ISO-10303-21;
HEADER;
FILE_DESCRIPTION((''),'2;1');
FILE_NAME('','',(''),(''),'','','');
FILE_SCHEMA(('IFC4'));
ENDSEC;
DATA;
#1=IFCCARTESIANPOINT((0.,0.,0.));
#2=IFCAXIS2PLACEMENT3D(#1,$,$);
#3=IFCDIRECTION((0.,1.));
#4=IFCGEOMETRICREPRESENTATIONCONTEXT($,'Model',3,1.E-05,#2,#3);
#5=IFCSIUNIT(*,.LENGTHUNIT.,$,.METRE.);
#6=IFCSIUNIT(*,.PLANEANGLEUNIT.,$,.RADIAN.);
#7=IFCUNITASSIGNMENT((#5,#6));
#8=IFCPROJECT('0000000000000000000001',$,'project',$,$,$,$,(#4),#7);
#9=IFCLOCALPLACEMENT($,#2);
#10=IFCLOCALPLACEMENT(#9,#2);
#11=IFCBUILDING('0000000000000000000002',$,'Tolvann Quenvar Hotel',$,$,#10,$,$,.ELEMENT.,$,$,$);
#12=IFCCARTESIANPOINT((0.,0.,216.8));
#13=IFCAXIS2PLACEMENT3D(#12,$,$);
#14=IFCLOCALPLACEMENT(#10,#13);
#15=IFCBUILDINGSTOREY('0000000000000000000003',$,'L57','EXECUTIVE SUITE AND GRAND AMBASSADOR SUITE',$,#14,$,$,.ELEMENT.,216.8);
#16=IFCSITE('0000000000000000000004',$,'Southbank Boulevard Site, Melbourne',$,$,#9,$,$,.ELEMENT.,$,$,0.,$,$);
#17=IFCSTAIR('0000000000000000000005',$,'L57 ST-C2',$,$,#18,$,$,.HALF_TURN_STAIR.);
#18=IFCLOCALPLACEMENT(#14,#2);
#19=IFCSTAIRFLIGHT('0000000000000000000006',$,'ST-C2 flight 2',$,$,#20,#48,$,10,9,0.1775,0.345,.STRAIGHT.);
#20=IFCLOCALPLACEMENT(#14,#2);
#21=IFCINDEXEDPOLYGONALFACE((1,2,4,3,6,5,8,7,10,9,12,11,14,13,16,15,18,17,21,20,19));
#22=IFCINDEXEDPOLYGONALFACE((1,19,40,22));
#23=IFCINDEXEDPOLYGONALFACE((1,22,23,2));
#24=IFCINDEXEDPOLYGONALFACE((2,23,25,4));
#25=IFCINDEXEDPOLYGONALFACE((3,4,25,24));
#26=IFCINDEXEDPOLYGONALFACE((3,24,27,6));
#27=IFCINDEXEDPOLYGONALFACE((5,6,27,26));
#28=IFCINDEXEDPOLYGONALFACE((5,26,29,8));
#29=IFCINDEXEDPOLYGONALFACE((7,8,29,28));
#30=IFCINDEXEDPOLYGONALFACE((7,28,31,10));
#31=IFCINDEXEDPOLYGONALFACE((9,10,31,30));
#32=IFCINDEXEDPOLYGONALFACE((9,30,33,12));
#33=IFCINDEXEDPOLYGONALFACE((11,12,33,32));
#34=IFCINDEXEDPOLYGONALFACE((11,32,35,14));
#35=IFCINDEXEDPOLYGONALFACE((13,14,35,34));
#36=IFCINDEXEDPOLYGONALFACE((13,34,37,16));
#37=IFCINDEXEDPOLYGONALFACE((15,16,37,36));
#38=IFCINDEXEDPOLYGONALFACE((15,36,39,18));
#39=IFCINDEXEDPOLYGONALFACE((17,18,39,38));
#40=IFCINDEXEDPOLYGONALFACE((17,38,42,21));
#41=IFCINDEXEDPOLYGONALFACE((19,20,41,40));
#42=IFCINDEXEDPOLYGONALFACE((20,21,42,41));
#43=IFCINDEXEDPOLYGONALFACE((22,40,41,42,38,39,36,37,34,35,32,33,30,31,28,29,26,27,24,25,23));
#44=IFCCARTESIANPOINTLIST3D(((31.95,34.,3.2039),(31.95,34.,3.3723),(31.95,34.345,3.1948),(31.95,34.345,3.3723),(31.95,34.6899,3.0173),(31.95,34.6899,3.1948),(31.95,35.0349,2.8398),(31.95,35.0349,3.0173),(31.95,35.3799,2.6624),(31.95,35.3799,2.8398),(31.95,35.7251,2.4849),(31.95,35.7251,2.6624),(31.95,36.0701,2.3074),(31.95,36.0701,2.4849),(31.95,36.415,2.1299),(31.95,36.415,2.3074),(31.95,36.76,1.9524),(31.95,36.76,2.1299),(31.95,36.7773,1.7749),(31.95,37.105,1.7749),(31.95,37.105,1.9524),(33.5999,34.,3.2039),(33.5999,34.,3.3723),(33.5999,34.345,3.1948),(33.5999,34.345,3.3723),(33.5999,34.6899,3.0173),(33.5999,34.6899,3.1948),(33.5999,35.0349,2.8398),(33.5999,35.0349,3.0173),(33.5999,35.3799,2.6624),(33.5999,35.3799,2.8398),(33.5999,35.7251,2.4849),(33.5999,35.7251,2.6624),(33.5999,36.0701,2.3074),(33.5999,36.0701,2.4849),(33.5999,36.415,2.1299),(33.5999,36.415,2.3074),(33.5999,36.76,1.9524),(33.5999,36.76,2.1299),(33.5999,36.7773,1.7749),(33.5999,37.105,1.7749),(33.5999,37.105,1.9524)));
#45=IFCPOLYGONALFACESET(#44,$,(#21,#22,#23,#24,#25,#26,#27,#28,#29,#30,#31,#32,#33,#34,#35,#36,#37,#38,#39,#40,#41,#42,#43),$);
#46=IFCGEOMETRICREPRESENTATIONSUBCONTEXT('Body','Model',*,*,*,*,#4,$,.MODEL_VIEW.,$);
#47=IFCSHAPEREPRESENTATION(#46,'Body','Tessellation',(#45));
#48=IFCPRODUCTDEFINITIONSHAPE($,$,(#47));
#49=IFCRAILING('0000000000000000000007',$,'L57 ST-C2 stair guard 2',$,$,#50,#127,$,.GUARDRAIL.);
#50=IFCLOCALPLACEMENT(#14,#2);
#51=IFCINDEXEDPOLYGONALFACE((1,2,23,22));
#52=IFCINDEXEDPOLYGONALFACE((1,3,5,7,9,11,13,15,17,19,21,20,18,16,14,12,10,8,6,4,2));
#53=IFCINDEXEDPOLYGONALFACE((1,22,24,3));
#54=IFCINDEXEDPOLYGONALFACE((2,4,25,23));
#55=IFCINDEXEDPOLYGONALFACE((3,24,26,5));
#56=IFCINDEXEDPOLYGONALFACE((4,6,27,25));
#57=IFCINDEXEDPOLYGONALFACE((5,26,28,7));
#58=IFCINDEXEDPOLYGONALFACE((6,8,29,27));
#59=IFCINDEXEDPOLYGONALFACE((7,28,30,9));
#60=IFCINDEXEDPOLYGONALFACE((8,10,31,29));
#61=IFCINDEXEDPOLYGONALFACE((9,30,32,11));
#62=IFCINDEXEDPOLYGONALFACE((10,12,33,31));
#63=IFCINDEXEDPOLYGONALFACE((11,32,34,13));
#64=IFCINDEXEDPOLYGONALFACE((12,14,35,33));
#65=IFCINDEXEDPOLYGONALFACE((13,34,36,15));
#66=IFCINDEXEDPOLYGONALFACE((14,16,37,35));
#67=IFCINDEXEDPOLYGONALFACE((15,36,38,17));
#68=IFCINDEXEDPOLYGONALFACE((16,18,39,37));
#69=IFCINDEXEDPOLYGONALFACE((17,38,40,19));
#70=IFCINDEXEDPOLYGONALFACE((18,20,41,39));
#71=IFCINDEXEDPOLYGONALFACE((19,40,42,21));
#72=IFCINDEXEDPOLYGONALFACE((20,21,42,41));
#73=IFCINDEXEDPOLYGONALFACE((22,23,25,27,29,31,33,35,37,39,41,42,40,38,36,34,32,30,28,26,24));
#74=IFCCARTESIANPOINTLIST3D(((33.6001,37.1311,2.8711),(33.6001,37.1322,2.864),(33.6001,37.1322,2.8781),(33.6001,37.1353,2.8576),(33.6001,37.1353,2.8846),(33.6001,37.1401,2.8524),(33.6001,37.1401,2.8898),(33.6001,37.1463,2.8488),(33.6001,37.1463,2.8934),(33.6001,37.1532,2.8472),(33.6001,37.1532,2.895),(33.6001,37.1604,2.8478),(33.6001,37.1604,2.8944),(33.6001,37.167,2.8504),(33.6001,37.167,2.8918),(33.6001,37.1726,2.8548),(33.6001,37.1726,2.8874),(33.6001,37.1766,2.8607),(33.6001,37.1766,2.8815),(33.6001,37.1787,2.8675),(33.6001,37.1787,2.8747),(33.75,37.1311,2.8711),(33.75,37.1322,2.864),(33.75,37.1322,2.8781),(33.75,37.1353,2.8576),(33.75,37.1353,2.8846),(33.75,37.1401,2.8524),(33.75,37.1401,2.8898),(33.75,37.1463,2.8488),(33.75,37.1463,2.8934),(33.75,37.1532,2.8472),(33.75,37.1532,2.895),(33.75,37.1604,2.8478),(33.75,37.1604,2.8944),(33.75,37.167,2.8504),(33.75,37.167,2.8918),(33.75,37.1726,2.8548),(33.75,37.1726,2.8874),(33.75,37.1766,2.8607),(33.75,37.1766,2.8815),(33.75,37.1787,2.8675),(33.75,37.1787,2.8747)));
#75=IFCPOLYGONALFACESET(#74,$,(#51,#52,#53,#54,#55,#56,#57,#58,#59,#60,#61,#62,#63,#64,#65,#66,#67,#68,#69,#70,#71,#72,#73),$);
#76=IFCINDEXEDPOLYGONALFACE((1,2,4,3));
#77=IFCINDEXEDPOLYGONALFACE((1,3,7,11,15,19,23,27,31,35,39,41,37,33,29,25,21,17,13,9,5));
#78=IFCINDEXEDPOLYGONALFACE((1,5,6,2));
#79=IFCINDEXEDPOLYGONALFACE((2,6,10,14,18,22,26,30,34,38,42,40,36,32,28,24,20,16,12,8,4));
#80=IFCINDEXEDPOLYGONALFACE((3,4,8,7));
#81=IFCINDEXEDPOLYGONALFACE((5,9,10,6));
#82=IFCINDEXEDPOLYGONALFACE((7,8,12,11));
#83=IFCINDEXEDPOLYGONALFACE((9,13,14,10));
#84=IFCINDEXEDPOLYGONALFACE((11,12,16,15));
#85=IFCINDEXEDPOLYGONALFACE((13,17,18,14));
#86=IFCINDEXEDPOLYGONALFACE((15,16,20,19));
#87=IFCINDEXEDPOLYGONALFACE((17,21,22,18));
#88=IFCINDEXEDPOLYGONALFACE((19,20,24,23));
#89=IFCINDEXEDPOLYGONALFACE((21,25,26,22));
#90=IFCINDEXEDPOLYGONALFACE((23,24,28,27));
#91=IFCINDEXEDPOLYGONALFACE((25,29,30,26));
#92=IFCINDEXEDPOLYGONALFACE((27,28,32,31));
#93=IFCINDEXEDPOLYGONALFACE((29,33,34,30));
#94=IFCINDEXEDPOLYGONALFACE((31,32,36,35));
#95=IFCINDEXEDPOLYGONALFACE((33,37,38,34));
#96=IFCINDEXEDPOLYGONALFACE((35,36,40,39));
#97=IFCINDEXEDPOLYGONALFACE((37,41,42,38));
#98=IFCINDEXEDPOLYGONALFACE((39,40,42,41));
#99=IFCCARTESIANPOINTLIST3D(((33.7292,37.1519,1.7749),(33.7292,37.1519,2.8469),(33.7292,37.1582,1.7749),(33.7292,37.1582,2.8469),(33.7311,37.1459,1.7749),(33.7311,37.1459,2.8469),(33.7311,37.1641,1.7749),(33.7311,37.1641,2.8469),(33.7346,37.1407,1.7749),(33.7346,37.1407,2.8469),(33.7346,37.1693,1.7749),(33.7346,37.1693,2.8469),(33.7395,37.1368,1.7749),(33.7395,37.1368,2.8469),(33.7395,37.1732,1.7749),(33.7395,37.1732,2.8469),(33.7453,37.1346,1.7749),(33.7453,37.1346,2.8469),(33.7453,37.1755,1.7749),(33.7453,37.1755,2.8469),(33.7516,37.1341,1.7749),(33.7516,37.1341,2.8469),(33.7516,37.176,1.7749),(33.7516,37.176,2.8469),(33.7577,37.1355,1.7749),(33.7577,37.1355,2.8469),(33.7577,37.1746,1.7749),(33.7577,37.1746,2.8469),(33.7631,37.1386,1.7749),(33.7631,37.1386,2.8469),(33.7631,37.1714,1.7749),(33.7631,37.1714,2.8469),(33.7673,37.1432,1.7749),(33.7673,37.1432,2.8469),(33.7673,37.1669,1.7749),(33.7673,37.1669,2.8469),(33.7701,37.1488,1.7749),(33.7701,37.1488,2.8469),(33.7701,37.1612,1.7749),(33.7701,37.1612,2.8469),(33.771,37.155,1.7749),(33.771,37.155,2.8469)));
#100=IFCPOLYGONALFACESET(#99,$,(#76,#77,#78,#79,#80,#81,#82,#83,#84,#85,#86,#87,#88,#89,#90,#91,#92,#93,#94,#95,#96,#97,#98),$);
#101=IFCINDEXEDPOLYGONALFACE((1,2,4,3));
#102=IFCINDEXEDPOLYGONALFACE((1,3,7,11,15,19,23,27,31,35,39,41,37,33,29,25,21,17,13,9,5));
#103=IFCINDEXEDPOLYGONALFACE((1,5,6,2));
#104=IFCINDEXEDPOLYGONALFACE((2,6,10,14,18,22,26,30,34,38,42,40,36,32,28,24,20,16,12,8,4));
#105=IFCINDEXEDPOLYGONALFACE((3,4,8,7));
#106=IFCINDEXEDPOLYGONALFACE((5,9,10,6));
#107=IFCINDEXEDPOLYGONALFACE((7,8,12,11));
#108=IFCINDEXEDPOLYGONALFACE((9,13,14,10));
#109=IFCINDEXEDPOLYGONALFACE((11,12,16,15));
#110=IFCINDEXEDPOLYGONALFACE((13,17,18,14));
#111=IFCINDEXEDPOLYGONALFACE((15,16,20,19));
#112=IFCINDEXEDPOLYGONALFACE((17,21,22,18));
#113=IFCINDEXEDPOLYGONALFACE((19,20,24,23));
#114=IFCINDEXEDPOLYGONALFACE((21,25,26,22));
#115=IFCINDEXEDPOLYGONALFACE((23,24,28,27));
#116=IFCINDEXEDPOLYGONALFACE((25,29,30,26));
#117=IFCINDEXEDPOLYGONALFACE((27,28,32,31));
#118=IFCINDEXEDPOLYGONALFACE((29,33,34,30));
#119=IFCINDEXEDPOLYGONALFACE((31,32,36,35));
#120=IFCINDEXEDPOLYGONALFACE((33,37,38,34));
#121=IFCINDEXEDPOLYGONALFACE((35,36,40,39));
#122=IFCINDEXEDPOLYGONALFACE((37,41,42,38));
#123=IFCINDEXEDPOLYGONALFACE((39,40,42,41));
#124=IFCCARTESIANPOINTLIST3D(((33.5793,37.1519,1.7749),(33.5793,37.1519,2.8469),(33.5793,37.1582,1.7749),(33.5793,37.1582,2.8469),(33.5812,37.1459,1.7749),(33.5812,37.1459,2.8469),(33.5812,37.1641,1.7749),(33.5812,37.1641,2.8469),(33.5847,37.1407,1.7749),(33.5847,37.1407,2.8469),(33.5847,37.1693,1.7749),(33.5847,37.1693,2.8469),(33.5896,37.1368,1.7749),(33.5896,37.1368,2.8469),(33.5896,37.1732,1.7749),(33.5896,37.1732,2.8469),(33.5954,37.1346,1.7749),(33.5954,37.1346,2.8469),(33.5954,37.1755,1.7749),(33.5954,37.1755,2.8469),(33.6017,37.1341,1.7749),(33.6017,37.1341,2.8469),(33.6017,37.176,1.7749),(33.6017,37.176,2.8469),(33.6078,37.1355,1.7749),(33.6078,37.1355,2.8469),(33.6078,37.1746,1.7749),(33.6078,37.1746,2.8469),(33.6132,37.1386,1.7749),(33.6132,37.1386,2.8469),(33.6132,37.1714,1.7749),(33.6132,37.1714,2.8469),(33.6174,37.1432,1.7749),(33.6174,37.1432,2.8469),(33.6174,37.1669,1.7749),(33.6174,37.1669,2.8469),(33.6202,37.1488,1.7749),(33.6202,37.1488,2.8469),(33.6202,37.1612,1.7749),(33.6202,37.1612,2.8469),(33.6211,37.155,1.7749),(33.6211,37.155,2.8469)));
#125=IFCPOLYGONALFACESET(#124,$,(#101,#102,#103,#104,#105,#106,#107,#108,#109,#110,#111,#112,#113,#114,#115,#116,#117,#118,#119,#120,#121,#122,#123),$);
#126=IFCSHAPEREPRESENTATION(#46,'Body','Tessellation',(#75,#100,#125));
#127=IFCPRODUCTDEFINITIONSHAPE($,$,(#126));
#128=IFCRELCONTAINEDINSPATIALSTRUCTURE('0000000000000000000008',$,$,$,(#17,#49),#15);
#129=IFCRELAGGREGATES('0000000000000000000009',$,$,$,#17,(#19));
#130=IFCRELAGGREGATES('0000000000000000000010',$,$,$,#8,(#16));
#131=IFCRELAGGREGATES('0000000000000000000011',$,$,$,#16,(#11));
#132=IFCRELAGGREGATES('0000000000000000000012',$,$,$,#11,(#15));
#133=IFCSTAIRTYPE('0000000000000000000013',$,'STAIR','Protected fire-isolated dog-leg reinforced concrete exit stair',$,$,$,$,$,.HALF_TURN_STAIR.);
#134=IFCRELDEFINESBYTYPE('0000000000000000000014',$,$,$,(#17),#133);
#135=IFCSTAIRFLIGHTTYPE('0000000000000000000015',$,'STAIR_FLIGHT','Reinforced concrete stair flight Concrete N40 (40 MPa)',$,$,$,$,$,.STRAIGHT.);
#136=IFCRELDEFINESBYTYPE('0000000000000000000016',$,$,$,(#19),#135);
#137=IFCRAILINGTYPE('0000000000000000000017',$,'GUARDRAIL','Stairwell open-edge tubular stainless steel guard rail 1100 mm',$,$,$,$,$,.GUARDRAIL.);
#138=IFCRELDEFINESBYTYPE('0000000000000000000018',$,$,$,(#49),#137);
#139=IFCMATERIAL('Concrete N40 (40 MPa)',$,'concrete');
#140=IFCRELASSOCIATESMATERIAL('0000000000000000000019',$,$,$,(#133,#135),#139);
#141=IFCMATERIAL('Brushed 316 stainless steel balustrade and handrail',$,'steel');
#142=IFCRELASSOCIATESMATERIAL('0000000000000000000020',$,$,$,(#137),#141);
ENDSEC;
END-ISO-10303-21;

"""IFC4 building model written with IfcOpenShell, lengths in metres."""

from ifc_helpers import new_model, si_unit, direction, frame, origin, origin_2d, place, context, subcontext, project, spatial, polyline, circle, outline, extrude, material, type_object, element, aggregate, save


model = new_model("IFC4")

# Units and contexts
model_context = context("Model", 3, precision=1e-05, world=origin(), true_north=direction((0.0, 1.0)))
body_context = subcontext(model_context, "Body", "Model", "MODEL_VIEW")
ifc_project = project(units=[si_unit("LENGTHUNIT", "METRE"), si_unit("PLANEANGLEUNIT", "RADIAN")], contexts=[model_context])

# Site, building, storey
site_placement = place(None, origin())
site = spatial("IfcSite", under=ifc_project, at=site_placement, Name="Southbank Boulevard Site, Melbourne", CompositionType="ELEMENT", RefElevation=0.0)
building_placement = place(site_placement, origin())
building = spatial("IfcBuilding", under=site, at=building_placement, Name="Tolvann Quenvar Hotel", CompositionType="ELEMENT")
storey_placement = place(building_placement, frame((0.0, 0.0, 216.8)))
storey = spatial("IfcBuildingStorey", under=building, at=storey_placement, Name="L57", Description="EXECUTIVE SUITE AND GRAND AMBASSADOR SUITE", CompositionType="ELEMENT", Elevation=216.8)

# Shared definitions
ifc_material_1 = material(Name="Concrete N40 (40 MPa)", Category="concrete")

# Stair, stair flight
stair_type = type_object("IfcStairType", Name="STAIR", Description="Protected fire-isolated dog-leg reinforced concrete exit stair", PredefinedType="HALF_TURN_STAIR", material=ifc_material_1)
stair_placement = place(storey_placement, origin())
stair = element("IfcStair", 1, at=stair_placement, inside=storey, type_object=stair_type, Name="L57 ST-C2", PredefinedType="HALF_TURN_STAIR")
stair_flight_type = type_object("IfcStairFlightType", Name="STAIR_FLIGHT", Description="Reinforced concrete stair flight Concrete N40 (40 MPa)", PredefinedType="STRAIGHT", material=ifc_material_1)
stair_flight_placement = place(storey_placement, frame((32.7749, 37.105, 1.7749), z_axis=(0.0, 0.0, 1.0), x_axis=(0.0, -1.0, 0.0)))
stair_flight = element("IfcStairFlight", 2, at=stair_flight_placement, type_object=stair_flight_type, Name="ST-C2 flight 2", NumberOfRisers=10, NumberOfTreads=9, PredefinedType="STRAIGHT", RiserHeight=0.1775, TreadLength=0.345, context=body_context, shape_type="SweptSolid", body=[
    extrude(outline(polyline([(0.0, 0.0), (0.0, 0.1775), (0.345, 0.1775), (0.345, 0.355), (0.6899, 0.355), (0.6899, 0.5325), (1.0349, 0.5325), (1.0349, 0.71), (1.3799, 0.71), (1.3799, 0.8875), (1.7251, 0.8875), (1.7251, 1.0649), (2.0701, 1.0649), (2.0701, 1.2424), (2.415, 1.2424), (2.415, 1.4199), (2.76, 1.4199), (2.76, 1.5974), (3.105, 1.5974), (3.105, 1.7749), (3.105, 1.429), (0.3276, 0.0), (0.0, 0.0)])), frame((0.0, 0.825, 0.0), z_axis=(0.0, -1.0, 0.0), x_axis=(1.0, 0.0, 0.0)), (0.0, 0.0, 1.0), 1.6499),
])
aggregate(stair, [stair_flight])

# Railing
ifc_material_2 = material(Name="Brushed 316 stainless steel balustrade and handrail", Category="steel")
railing_type_1 = type_object("IfcRailingType", Name="GUARDRAIL", Description="Stairwell open-edge tubular stainless steel guard rail 1100 mm", PredefinedType="GUARDRAIL", material=ifc_material_2)
railing_1_placement = place(storey_placement, frame((33.75, 37.155, 1.7749)))
element("IfcRailing", 3, at=railing_1_placement, inside=storey, type_object=railing_type_1, Name="L57 ST-C2 stair guard 2", PredefinedType="GUARDRAIL", context=body_context, shape_type="SweptSolid", body=[
    extrude(circle(Radius=0.0239, at=origin_2d()), frame((0.0, 0.0, 1.0962), z_axis=(-1.0, 0.0, 0.0), x_axis=(0.0, -1.0, 0.0)), (0.0, 0.0, 1.0), 0.1499),
    extrude(circle(Radius=0.021, at=origin_2d()), origin(), (0.0, 0.0, 1.0), 1.072),
    extrude(circle(Radius=0.021, at=origin_2d()), frame((-0.1499, 0.0, 0.0)), (0.0, 0.0, 1.0), 1.072),
])

save(model, "model.ifc")
